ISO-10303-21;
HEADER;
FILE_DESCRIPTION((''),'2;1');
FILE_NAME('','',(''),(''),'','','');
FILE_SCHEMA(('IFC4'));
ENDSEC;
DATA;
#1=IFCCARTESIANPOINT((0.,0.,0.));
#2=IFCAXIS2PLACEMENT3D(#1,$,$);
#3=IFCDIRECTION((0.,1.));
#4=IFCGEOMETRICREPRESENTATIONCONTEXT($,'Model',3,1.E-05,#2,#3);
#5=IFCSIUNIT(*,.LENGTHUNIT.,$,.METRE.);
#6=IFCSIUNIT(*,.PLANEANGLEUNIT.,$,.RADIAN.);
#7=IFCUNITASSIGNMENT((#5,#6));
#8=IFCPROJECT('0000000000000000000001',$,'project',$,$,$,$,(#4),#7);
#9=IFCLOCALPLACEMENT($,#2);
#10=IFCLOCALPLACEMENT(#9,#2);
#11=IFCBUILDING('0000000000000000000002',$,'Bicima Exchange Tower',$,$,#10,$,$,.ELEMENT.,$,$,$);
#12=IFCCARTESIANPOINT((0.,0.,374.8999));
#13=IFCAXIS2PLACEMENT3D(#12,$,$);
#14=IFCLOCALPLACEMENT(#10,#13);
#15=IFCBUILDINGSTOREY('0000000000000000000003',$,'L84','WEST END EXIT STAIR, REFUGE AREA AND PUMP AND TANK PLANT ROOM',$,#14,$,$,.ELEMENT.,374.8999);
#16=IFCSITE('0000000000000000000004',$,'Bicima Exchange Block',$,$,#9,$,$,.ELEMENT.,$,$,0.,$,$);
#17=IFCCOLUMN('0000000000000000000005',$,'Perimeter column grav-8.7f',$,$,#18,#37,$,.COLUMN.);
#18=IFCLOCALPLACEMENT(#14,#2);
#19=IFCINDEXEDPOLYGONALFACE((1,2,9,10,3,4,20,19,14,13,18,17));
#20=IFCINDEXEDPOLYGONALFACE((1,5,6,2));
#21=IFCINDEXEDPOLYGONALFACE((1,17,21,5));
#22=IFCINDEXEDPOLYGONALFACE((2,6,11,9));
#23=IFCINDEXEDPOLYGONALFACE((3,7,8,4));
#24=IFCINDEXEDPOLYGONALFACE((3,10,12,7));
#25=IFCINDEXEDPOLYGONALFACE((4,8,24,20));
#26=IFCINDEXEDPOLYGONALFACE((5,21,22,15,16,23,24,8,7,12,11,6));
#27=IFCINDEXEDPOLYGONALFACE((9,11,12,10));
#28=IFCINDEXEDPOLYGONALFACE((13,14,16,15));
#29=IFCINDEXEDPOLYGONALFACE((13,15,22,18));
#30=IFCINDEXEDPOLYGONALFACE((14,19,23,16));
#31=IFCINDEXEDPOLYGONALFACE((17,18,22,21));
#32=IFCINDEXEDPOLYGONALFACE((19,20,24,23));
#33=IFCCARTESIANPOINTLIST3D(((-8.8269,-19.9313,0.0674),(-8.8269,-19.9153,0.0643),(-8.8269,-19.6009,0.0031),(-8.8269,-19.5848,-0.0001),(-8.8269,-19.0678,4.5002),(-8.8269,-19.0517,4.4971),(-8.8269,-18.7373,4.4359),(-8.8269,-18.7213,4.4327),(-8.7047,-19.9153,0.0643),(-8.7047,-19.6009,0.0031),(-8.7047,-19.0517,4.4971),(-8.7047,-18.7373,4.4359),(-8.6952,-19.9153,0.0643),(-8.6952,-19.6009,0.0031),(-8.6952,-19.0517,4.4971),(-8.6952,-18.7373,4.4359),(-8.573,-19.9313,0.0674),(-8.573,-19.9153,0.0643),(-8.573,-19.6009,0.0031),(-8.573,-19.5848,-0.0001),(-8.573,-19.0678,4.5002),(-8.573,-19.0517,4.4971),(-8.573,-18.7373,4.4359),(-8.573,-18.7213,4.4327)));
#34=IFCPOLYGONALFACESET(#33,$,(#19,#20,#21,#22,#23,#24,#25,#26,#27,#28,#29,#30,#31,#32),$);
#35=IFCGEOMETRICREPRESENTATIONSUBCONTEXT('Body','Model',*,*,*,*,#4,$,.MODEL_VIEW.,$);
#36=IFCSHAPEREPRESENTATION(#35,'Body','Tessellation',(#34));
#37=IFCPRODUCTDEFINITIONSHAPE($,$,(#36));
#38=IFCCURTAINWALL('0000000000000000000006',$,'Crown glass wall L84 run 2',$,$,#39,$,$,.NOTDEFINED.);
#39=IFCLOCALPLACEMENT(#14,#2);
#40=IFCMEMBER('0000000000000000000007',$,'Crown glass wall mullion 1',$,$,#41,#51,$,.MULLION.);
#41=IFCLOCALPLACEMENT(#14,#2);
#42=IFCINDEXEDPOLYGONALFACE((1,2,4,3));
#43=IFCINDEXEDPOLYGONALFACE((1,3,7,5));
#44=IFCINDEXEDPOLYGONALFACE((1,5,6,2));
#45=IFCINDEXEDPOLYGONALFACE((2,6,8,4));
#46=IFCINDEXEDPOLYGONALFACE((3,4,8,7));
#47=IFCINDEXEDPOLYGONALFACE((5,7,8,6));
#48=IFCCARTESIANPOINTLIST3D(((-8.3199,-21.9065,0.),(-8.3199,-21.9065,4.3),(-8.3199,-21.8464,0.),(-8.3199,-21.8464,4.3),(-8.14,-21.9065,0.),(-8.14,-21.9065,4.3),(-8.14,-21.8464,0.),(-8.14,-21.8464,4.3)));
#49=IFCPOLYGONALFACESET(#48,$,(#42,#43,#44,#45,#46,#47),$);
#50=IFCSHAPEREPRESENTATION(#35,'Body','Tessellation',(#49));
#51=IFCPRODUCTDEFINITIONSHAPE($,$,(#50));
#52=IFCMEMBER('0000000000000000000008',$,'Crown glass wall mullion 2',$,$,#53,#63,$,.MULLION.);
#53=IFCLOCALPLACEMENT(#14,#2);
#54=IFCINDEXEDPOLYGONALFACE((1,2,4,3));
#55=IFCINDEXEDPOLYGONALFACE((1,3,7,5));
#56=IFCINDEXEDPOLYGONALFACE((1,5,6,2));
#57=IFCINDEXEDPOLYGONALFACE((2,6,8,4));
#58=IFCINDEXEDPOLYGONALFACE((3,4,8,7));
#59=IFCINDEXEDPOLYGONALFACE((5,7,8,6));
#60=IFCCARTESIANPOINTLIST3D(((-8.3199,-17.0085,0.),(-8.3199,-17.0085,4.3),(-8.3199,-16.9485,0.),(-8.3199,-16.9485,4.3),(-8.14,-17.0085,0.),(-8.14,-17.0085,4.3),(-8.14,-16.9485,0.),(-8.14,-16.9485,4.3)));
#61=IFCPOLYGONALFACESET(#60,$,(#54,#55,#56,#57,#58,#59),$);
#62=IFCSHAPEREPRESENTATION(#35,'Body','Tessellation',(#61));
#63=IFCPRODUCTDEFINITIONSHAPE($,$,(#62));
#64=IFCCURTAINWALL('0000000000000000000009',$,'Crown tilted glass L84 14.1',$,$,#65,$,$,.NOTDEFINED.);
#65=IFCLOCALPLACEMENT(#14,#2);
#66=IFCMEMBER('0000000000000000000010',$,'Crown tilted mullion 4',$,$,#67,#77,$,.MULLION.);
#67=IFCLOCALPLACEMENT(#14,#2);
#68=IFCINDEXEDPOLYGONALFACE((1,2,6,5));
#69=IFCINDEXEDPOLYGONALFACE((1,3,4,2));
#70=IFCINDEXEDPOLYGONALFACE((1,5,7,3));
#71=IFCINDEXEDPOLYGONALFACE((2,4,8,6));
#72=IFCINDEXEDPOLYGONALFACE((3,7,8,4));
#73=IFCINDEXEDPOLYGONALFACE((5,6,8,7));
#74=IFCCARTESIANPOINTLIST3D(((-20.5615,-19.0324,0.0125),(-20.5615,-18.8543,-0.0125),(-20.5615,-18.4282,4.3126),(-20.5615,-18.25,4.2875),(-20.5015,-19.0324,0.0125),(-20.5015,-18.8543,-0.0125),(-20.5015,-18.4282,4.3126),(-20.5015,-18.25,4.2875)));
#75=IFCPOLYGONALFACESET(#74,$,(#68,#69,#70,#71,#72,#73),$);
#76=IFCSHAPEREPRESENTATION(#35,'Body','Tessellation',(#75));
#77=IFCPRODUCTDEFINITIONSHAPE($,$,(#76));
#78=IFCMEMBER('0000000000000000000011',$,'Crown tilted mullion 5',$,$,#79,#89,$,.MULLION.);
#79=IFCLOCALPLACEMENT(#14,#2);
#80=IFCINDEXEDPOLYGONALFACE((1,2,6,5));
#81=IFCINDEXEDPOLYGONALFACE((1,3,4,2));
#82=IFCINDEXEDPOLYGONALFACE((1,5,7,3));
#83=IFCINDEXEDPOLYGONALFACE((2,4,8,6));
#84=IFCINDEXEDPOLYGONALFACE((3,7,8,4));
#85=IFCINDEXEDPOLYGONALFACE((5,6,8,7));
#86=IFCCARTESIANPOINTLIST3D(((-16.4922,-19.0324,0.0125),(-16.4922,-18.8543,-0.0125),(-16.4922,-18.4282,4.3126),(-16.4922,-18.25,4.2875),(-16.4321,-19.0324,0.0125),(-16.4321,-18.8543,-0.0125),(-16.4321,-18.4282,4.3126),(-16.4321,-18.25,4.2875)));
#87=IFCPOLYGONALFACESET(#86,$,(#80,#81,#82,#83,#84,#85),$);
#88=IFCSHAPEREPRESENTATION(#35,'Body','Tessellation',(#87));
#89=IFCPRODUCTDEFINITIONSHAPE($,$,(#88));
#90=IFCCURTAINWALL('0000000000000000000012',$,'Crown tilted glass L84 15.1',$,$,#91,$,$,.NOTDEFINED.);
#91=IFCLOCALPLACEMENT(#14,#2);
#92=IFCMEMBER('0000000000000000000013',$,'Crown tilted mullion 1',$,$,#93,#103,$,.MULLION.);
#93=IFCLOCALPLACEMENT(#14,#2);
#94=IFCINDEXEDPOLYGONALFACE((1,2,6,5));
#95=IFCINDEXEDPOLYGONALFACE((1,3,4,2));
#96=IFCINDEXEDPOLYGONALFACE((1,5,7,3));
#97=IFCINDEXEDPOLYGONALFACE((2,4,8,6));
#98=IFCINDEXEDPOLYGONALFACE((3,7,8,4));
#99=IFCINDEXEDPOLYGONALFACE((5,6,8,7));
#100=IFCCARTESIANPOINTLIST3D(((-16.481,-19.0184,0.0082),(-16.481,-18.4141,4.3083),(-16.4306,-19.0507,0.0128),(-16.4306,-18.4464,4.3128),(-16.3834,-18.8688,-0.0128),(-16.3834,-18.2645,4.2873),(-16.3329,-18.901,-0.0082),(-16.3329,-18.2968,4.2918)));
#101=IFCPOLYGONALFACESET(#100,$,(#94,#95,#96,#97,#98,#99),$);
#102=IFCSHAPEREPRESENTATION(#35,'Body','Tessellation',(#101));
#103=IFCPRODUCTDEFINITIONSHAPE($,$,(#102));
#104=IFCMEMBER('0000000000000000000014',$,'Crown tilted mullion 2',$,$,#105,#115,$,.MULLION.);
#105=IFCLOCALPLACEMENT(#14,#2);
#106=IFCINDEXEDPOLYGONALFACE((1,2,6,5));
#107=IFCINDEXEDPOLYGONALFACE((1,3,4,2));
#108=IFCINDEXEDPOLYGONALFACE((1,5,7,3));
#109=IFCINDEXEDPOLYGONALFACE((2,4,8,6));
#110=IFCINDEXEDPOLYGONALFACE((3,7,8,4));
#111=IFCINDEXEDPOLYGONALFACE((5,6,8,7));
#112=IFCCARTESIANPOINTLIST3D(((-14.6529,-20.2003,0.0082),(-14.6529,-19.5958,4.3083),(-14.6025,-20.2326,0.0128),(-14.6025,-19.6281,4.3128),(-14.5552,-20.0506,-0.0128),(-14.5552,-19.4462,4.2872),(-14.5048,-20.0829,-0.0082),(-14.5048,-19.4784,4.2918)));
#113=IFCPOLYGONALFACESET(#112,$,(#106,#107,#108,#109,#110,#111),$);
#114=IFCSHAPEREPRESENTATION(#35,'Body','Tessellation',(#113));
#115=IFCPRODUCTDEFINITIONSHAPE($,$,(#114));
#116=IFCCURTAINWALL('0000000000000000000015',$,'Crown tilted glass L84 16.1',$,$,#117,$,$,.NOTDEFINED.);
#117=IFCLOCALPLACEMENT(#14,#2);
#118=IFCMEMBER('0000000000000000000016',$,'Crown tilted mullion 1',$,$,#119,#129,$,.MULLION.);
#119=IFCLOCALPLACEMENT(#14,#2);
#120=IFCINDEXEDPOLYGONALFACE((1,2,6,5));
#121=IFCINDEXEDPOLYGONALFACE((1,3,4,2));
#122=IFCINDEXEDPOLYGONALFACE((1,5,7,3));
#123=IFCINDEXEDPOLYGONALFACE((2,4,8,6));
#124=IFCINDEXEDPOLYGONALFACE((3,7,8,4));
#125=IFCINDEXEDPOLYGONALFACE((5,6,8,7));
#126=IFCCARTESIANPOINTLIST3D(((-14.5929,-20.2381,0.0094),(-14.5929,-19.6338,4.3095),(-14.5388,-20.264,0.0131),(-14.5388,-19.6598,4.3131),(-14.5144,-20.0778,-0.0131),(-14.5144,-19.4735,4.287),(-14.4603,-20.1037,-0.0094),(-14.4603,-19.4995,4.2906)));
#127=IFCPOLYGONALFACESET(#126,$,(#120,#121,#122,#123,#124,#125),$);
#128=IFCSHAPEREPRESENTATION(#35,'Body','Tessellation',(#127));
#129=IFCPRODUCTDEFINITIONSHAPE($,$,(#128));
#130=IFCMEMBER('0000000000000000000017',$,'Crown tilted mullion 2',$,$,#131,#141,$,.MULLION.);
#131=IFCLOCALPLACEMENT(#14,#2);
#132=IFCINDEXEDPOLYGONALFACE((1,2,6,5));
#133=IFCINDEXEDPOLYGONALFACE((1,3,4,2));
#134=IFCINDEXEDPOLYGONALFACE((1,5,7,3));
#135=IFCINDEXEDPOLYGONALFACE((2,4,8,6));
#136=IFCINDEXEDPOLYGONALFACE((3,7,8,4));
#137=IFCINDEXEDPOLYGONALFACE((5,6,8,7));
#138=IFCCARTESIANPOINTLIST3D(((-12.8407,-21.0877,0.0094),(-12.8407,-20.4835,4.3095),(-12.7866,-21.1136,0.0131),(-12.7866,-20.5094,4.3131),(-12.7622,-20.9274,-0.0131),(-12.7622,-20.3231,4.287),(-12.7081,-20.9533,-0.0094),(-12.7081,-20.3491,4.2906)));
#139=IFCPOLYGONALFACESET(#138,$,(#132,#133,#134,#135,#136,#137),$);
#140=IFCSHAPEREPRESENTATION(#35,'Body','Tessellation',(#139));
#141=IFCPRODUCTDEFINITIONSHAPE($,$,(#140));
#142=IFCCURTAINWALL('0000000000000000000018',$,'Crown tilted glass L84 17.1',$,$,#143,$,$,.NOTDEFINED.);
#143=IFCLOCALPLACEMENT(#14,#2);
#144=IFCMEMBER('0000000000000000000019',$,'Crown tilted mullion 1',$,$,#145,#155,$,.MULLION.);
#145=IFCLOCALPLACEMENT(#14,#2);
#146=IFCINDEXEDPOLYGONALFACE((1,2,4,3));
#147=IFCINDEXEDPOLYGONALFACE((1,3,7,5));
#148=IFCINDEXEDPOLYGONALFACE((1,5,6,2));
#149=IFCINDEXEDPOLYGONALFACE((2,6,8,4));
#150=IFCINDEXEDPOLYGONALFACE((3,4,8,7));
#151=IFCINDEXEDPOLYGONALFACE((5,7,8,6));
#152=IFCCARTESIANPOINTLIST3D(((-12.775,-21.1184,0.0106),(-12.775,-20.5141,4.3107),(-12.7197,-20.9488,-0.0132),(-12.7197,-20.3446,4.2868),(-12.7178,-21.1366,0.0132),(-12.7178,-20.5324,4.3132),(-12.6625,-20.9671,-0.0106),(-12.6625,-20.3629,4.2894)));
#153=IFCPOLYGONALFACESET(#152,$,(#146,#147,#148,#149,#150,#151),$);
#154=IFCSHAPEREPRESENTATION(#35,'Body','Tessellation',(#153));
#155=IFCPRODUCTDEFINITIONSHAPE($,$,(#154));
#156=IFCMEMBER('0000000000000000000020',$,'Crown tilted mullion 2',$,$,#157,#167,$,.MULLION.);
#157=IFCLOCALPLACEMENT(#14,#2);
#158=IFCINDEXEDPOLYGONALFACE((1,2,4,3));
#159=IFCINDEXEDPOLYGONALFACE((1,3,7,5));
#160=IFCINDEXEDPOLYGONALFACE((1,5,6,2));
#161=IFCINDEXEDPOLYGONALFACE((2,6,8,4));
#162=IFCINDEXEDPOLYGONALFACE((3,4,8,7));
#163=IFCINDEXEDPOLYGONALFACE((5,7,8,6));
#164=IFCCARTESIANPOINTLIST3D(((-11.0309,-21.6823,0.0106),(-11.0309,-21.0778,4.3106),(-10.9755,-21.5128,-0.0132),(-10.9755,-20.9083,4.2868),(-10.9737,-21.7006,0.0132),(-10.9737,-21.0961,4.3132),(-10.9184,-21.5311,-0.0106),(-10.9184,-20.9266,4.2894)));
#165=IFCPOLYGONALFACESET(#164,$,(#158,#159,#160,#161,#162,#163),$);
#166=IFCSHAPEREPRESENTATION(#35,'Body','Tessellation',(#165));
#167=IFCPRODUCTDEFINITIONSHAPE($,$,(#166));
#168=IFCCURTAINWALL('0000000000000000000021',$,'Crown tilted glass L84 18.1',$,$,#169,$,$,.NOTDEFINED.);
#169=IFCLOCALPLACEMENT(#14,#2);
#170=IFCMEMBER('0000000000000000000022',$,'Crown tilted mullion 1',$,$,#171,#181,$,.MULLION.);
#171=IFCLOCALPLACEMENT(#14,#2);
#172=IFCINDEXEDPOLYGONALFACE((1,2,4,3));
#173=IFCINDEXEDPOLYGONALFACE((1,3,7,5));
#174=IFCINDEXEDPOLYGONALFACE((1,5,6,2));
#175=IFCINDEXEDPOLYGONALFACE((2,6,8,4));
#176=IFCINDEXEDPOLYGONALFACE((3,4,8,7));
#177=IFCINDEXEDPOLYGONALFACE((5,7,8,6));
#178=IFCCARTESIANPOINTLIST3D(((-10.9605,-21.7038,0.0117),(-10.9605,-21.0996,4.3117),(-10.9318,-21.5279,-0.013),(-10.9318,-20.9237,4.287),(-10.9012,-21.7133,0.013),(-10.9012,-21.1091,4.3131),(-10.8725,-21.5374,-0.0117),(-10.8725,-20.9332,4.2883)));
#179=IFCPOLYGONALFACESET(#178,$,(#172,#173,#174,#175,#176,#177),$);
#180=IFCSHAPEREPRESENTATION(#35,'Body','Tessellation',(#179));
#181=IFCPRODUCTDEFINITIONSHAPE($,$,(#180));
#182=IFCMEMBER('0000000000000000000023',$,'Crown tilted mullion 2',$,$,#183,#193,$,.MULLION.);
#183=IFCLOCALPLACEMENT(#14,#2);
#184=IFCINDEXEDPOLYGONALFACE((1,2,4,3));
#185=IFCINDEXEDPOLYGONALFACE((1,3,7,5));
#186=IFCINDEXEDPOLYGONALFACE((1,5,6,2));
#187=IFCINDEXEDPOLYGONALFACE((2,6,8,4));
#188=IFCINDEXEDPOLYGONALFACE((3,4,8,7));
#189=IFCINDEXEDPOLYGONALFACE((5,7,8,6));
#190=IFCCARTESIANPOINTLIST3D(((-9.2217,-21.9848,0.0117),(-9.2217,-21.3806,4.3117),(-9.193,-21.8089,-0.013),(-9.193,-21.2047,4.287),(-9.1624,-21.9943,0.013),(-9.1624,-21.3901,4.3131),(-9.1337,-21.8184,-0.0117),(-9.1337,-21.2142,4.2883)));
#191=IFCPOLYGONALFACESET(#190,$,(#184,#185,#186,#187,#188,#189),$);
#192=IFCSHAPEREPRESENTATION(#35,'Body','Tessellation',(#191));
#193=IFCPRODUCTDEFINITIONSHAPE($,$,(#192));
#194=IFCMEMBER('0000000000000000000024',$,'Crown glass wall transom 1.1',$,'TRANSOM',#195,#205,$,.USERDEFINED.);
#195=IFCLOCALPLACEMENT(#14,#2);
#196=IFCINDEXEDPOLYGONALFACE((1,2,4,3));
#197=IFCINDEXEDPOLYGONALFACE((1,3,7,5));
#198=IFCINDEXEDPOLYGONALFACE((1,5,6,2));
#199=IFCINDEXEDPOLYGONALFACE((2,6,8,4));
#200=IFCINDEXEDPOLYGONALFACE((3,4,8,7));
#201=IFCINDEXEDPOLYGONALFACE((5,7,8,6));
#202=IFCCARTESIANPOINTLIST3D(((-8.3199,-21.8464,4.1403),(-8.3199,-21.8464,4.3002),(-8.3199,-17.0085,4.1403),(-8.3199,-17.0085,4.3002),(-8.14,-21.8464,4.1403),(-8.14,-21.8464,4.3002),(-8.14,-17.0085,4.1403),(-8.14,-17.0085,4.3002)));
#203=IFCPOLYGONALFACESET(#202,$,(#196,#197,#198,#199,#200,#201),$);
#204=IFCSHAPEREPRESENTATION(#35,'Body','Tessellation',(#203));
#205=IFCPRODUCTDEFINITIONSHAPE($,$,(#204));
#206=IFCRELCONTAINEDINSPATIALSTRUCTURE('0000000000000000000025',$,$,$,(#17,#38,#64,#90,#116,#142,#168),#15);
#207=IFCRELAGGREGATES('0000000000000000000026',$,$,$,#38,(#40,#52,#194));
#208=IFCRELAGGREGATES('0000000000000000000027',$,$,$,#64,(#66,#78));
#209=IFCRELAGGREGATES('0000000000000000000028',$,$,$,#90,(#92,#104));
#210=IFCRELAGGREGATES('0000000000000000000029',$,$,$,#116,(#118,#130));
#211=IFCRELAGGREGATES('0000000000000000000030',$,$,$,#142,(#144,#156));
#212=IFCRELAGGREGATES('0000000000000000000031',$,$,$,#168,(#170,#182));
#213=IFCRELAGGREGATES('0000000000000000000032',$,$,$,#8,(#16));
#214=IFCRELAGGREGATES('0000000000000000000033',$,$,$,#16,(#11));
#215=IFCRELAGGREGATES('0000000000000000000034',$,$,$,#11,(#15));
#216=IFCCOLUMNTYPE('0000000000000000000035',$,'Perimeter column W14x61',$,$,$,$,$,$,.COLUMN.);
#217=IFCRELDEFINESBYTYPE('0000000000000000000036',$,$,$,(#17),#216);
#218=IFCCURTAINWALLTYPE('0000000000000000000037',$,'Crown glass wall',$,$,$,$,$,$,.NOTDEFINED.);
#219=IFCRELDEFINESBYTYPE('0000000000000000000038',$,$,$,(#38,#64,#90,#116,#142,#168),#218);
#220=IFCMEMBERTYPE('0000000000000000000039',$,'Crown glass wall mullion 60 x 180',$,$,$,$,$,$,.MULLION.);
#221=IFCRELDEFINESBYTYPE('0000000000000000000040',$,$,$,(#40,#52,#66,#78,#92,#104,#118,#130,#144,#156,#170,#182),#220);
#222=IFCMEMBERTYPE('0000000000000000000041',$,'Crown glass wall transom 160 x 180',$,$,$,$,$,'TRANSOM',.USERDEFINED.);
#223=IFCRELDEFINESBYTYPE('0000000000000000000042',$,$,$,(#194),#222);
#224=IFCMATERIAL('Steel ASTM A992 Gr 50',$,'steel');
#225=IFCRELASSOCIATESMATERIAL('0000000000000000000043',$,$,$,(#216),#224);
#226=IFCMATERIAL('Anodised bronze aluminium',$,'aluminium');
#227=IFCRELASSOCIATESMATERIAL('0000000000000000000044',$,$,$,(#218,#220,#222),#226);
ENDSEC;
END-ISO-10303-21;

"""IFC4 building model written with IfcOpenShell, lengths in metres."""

from ifc_helpers import new_model, si_unit, direction, frame, origin, origin_2d, place, context, subcontext, project, spatial, rectangle, i_section, extrude, material, material_profile, profile_set, type_object, element, aggregate, save


model = new_model("IFC4")

# Units and contexts
model_context = context("Model", 3, precision=1e-05, world=origin(), true_north=direction((0.0, 1.0)))
body_context = subcontext(model_context, "Body", "Model", "MODEL_VIEW")
ifc_project = project(units=[si_unit("LENGTHUNIT", "METRE"), si_unit("PLANEANGLEUNIT", "RADIAN")], contexts=[model_context])

# Site, building, storey
site_placement = place(None, origin())
site = spatial("IfcSite", under=ifc_project, at=site_placement, Name="Bicima Exchange Block", CompositionType="ELEMENT", RefElevation=0.0)
building_placement = place(site_placement, origin())
building = spatial("IfcBuilding", under=site, at=building_placement, Name="Bicima Exchange Tower", CompositionType="ELEMENT")
storey_placement = place(building_placement, frame((0.0, 0.0, 374.8999)))
storey = spatial("IfcBuildingStorey", under=building, at=storey_placement, Name="L84", Description="WEST END EXIT STAIR, REFUGE AREA AND PUMP AND TANK PLANT ROOM", CompositionType="ELEMENT", Elevation=374.8999)

# Column
ifc_material_1 = material(Name="Steel ASTM A992 Gr 50", Category="steel")
ifc_material_profile_1 = material_profile(ifc_material_1, i_section(OverallWidth=0.2539, OverallDepth=0.353, WebThickness=0.0095, FlangeThickness=0.0164, at=origin_2d()))
ifc_profile_set_1 = profile_set([ifc_material_profile_1], Name="Steel ASTM A992 Gr 50")
column_type = type_object("IfcColumnType", Name="Perimeter column W14x61", PredefinedType="COLUMN", material=ifc_profile_set_1)
column_placement = place(storey_placement, frame((-8.7, -19.7581, 0.0337), z_axis=(0.0, 0.191207, 0.98155), x_axis=(-1.0, 0.0, 0.0)))
element("IfcColumn", 1, at=column_placement, inside=storey, type_object=column_type, Name="Perimeter column grav-8.7f", PredefinedType="COLUMN", context=body_context, shape_type="SweptSolid", body=[
    extrude(i_section(OverallWidth=0.2539, OverallDepth=0.353, WebThickness=0.0095, FlangeThickness=0.0164, at=origin_2d()), origin(), (0.0, 0.0, 1.0), 4.5161),
])

# Curtain walls, members
ifc_material_2 = material(Name="Anodised bronze aluminium", Category="aluminium")
curtain_wall_type = type_object("IfcCurtainWallType", Name="Crown glass wall", PredefinedType="NOTDEFINED", material=ifc_material_2)
curtain_wall_1_placement = place(storey_placement, origin())
curtain_wall_1 = element("IfcCurtainWall", 2, at=curtain_wall_1_placement, inside=storey, type_object=curtain_wall_type, Name="Crown glass wall L84 run 2", PredefinedType="NOTDEFINED")
ifc_material_profile_2 = material_profile(ifc_material_2, rectangle(XDim=0.1799, YDim=0.0601, at=origin_2d()))
ifc_profile_set_2 = profile_set([ifc_material_profile_2], Name="Anodised bronze aluminium")
member_type_1 = type_object("IfcMemberType", Name="Crown glass wall mullion 60 x 180", PredefinedType="MULLION", material=ifc_profile_set_2)
member_1_placement = place(storey_placement, frame((-8.23, -21.8765, 0.0), z_axis=(0.0, 0.0, 1.0), x_axis=(-1.0, 0.0, 0.0)))
member_1 = element("IfcMember", 3, at=member_1_placement, type_object=member_type_1, Name="Crown glass wall mullion 1", PredefinedType="MULLION", context=body_context, shape_type="SweptSolid", body=[
    extrude(rectangle(XDim=0.1799, YDim=0.0601, at=origin_2d()), origin(), (0.0, 0.0, 1.0), 4.3),
])
member_2_placement = place(storey_placement, frame((-8.23, -16.9785, 0.0), z_axis=(0.0, 0.0, 1.0), x_axis=(-1.0, 0.0, 0.0)))
member_2 = element("IfcMember", 4, at=member_2_placement, type_object=member_type_1, Name="Crown glass wall mullion 2", PredefinedType="MULLION", context=body_context, shape_type="SweptSolid", body=[
    extrude(rectangle(XDim=0.1799, YDim=0.0601, at=origin_2d()), origin(), (0.0, 0.0, 1.0), 4.3),
])
curtain_wall_2_placement = place(storey_placement, origin())
curtain_wall_2 = element("IfcCurtainWall", 5, at=curtain_wall_2_placement, inside=storey, type_object=curtain_wall_type, Name="Crown tilted glass L84 14.1", PredefinedType="NOTDEFINED")
member_3_placement = place(storey_placement, frame((-20.5315, -18.9434, 0.0), z_axis=(0.0, 0.139154, 0.990271), x_axis=(0.0, -0.990271, 0.139154)))
member_3 = element("IfcMember", 6, at=member_3_placement, type_object=member_type_1, Name="Crown tilted mullion 4", PredefinedType="MULLION", context=body_context, shape_type="SweptSolid", body=[
    extrude(rectangle(XDim=0.1799, YDim=0.0601, at=origin_2d()), origin(), (0.0, 0.0, 1.0), 4.3423),
])
member_4_placement = place(storey_placement, frame((-16.4622, -18.9434, 0.0), z_axis=(0.0, 0.139154, 0.990271), x_axis=(0.0, -0.990271, 0.139154)))
member_4 = element("IfcMember", 7, at=member_4_placement, type_object=member_type_1, Name="Crown tilted mullion 5", PredefinedType="MULLION", context=body_context, shape_type="SweptSolid", body=[
    extrude(rectangle(XDim=0.1799, YDim=0.0601, at=origin_2d()), origin(), (0.0, 0.0, 1.0), 4.3423),
])
curtain_wall_3_placement = place(storey_placement, origin())
curtain_wall_3 = element("IfcCurtainWall", 8, at=curtain_wall_3_placement, inside=storey, type_object=curtain_wall_type, Name="Crown tilted glass L84 15.1", PredefinedType="NOTDEFINED")
member_5_placement = place(storey_placement, frame((-16.407, -18.9597, 0.0), z_axis=(0.0, 0.139154, 0.990271), x_axis=(-0.542911, -0.83162, 0.11686)))
member_5 = element("IfcMember", 9, at=member_5_placement, type_object=member_type_1, Name="Crown tilted mullion 1", PredefinedType="MULLION", context=body_context, shape_type="SweptSolid", body=[
    extrude(rectangle(XDim=0.1799, YDim=0.0601, at=origin_2d()), origin(), (0.0, 0.0, 1.0), 4.3423),
])
member_6_placement = place(storey_placement, frame((-14.5789, -20.1416, 0.0), z_axis=(0.0, 0.139209, 0.990263), x_axis=(-0.542911, -0.831613, 0.116907)))
member_6 = element("IfcMember", 10, at=member_6_placement, type_object=member_type_1, Name="Crown tilted mullion 2", PredefinedType="MULLION", context=body_context, shape_type="SweptSolid", body=[
    extrude(rectangle(XDim=0.1799, YDim=0.0601, at=origin_2d()), origin(), (0.0, 0.0, 1.0), 4.3423),
])
curtain_wall_4_placement = place(storey_placement, origin())
curtain_wall_4 = element("IfcCurtainWall", 11, at=curtain_wall_4_placement, inside=storey, type_object=curtain_wall_type, Name="Crown tilted glass L84 16.1", PredefinedType="NOTDEFINED")
member_7_placement = place(storey_placement, frame((-14.5266, -20.1709, 0.0), z_axis=(0.0, 0.139154, 0.990271), x_axis=(-0.436265, -0.891064, 0.125213)))
member_7 = element("IfcMember", 12, at=member_7_placement, type_object=member_type_1, Name="Crown tilted mullion 1", PredefinedType="MULLION", context=body_context, shape_type="SweptSolid", body=[
    extrude(rectangle(XDim=0.1799, YDim=0.0601, at=origin_2d()), origin(), (0.0, 0.0, 1.0), 4.3423),
])
member_8_placement = place(storey_placement, frame((-12.7744, -21.0205, 0.0), z_axis=(0.0, 0.139154, 0.990271), x_axis=(-0.436265, -0.891064, 0.125213)))
member_8 = element("IfcMember", 13, at=member_8_placement, type_object=member_type_1, Name="Crown tilted mullion 2", PredefinedType="MULLION", context=body_context, shape_type="SweptSolid", body=[
    extrude(rectangle(XDim=0.1799, YDim=0.0601, at=origin_2d()), origin(), (0.0, 0.0, 1.0), 4.3423),
])
curtain_wall_5_placement = place(storey_placement, origin())
curtain_wall_5 = element("IfcCurtainWall", 14, at=curtain_wall_5_placement, inside=storey, type_object=curtain_wall_type, Name="Crown tilted glass L84 17.1", PredefinedType="NOTDEFINED")
member_9_placement = place(storey_placement, frame((-12.7188, -21.0427, 0.0), z_axis=(0.0, 0.139154, 0.990271), x_axis=(-0.307573, -0.942267, 0.132408)))
member_9 = element("IfcMember", 15, at=member_9_placement, type_object=member_type_1, Name="Crown tilted mullion 1", PredefinedType="MULLION", context=body_context, shape_type="SweptSolid", body=[
    extrude(rectangle(XDim=0.1799, YDim=0.0601, at=origin_2d()), origin(), (0.0, 0.0, 1.0), 4.3423),
])
member_10_placement = place(storey_placement, frame((-10.9746, -21.6067, 0.0), z_axis=(0.0, 0.139209, 0.990263), x_axis=(-0.307573, -0.94226, 0.132461)))
member_10 = element("IfcMember", 16, at=member_10_placement, type_object=member_type_1, Name="Crown tilted mullion 2", PredefinedType="MULLION", context=body_context, shape_type="SweptSolid", body=[
    extrude(rectangle(XDim=0.1799, YDim=0.0601, at=origin_2d()), origin(), (0.0, 0.0, 1.0), 4.3423),
])
curtain_wall_6_placement = place(storey_placement, origin())
curtain_wall_6 = element("IfcCurtainWall", 17, at=curtain_wall_6_placement, inside=storey, type_object=curtain_wall_type, Name="Crown tilted glass L84 18.1", PredefinedType="NOTDEFINED")
member_11_placement = place(storey_placement, frame((-10.9165, -21.6206, 0.0), z_axis=(0.0, 0.139154, 0.990271), x_axis=(-0.15955, -0.977585, 0.137371)))
member_11 = element("IfcMember", 18, at=member_11_placement, type_object=member_type_1, Name="Crown tilted mullion 1", PredefinedType="MULLION", context=body_context, shape_type="SweptSolid", body=[
    extrude(rectangle(XDim=0.1799, YDim=0.0601, at=origin_2d()), origin(), (0.0, 0.0, 1.0), 4.3423),
])
member_12_placement = place(storey_placement, frame((-9.1777, -21.9016, 0.0), z_axis=(0.0, 0.139154, 0.990271), x_axis=(-0.15955, -0.977585, 0.137371)))
member_12 = element("IfcMember", 19, at=member_12_placement, type_object=member_type_1, Name="Crown tilted mullion 2", PredefinedType="MULLION", context=body_context, shape_type="SweptSolid", body=[
    extrude(rectangle(XDim=0.1799, YDim=0.0601, at=origin_2d()), origin(), (0.0, 0.0, 1.0), 4.3423),
])

# Member
ifc_material_profile_3 = material_profile(ifc_material_2, rectangle(XDim=0.1799, YDim=0.1599, at=origin_2d()))
ifc_profile_set_3 = profile_set([ifc_material_profile_3], Name="Anodised bronze aluminium")
member_type_2 = type_object("IfcMemberType", Name="Crown glass wall transom 160 x 180", ElementType="TRANSOM", PredefinedType="USERDEFINED", material=ifc_profile_set_3)
member_13_placement = place(storey_placement, frame((-8.23, -21.8464, 4.2202), z_axis=(0.0, 1.0, 0.0), x_axis=(-1.0, 0.0, 0.0)))
member_13 = element("IfcMember", 20, at=member_13_placement, type_object=member_type_2, Name="Crown glass wall transom 1.1", ObjectType="TRANSOM", PredefinedType="USERDEFINED", context=body_context, shape_type="SweptSolid", body=[
    extrude(rectangle(XDim=0.1799, YDim=0.1599, at=origin_2d()), origin(), (0.0, 0.0, 1.0), 4.8379),
])

aggregate(curtain_wall_1, [member_1, member_2, member_13])
aggregate(curtain_wall_2, [member_3, member_4])
aggregate(curtain_wall_3, [member_5, member_6])
aggregate(curtain_wall_4, [member_7, member_8])
aggregate(curtain_wall_5, [member_9, member_10])
aggregate(curtain_wall_6, [member_11, member_12])

save(model, "model.ifc")
